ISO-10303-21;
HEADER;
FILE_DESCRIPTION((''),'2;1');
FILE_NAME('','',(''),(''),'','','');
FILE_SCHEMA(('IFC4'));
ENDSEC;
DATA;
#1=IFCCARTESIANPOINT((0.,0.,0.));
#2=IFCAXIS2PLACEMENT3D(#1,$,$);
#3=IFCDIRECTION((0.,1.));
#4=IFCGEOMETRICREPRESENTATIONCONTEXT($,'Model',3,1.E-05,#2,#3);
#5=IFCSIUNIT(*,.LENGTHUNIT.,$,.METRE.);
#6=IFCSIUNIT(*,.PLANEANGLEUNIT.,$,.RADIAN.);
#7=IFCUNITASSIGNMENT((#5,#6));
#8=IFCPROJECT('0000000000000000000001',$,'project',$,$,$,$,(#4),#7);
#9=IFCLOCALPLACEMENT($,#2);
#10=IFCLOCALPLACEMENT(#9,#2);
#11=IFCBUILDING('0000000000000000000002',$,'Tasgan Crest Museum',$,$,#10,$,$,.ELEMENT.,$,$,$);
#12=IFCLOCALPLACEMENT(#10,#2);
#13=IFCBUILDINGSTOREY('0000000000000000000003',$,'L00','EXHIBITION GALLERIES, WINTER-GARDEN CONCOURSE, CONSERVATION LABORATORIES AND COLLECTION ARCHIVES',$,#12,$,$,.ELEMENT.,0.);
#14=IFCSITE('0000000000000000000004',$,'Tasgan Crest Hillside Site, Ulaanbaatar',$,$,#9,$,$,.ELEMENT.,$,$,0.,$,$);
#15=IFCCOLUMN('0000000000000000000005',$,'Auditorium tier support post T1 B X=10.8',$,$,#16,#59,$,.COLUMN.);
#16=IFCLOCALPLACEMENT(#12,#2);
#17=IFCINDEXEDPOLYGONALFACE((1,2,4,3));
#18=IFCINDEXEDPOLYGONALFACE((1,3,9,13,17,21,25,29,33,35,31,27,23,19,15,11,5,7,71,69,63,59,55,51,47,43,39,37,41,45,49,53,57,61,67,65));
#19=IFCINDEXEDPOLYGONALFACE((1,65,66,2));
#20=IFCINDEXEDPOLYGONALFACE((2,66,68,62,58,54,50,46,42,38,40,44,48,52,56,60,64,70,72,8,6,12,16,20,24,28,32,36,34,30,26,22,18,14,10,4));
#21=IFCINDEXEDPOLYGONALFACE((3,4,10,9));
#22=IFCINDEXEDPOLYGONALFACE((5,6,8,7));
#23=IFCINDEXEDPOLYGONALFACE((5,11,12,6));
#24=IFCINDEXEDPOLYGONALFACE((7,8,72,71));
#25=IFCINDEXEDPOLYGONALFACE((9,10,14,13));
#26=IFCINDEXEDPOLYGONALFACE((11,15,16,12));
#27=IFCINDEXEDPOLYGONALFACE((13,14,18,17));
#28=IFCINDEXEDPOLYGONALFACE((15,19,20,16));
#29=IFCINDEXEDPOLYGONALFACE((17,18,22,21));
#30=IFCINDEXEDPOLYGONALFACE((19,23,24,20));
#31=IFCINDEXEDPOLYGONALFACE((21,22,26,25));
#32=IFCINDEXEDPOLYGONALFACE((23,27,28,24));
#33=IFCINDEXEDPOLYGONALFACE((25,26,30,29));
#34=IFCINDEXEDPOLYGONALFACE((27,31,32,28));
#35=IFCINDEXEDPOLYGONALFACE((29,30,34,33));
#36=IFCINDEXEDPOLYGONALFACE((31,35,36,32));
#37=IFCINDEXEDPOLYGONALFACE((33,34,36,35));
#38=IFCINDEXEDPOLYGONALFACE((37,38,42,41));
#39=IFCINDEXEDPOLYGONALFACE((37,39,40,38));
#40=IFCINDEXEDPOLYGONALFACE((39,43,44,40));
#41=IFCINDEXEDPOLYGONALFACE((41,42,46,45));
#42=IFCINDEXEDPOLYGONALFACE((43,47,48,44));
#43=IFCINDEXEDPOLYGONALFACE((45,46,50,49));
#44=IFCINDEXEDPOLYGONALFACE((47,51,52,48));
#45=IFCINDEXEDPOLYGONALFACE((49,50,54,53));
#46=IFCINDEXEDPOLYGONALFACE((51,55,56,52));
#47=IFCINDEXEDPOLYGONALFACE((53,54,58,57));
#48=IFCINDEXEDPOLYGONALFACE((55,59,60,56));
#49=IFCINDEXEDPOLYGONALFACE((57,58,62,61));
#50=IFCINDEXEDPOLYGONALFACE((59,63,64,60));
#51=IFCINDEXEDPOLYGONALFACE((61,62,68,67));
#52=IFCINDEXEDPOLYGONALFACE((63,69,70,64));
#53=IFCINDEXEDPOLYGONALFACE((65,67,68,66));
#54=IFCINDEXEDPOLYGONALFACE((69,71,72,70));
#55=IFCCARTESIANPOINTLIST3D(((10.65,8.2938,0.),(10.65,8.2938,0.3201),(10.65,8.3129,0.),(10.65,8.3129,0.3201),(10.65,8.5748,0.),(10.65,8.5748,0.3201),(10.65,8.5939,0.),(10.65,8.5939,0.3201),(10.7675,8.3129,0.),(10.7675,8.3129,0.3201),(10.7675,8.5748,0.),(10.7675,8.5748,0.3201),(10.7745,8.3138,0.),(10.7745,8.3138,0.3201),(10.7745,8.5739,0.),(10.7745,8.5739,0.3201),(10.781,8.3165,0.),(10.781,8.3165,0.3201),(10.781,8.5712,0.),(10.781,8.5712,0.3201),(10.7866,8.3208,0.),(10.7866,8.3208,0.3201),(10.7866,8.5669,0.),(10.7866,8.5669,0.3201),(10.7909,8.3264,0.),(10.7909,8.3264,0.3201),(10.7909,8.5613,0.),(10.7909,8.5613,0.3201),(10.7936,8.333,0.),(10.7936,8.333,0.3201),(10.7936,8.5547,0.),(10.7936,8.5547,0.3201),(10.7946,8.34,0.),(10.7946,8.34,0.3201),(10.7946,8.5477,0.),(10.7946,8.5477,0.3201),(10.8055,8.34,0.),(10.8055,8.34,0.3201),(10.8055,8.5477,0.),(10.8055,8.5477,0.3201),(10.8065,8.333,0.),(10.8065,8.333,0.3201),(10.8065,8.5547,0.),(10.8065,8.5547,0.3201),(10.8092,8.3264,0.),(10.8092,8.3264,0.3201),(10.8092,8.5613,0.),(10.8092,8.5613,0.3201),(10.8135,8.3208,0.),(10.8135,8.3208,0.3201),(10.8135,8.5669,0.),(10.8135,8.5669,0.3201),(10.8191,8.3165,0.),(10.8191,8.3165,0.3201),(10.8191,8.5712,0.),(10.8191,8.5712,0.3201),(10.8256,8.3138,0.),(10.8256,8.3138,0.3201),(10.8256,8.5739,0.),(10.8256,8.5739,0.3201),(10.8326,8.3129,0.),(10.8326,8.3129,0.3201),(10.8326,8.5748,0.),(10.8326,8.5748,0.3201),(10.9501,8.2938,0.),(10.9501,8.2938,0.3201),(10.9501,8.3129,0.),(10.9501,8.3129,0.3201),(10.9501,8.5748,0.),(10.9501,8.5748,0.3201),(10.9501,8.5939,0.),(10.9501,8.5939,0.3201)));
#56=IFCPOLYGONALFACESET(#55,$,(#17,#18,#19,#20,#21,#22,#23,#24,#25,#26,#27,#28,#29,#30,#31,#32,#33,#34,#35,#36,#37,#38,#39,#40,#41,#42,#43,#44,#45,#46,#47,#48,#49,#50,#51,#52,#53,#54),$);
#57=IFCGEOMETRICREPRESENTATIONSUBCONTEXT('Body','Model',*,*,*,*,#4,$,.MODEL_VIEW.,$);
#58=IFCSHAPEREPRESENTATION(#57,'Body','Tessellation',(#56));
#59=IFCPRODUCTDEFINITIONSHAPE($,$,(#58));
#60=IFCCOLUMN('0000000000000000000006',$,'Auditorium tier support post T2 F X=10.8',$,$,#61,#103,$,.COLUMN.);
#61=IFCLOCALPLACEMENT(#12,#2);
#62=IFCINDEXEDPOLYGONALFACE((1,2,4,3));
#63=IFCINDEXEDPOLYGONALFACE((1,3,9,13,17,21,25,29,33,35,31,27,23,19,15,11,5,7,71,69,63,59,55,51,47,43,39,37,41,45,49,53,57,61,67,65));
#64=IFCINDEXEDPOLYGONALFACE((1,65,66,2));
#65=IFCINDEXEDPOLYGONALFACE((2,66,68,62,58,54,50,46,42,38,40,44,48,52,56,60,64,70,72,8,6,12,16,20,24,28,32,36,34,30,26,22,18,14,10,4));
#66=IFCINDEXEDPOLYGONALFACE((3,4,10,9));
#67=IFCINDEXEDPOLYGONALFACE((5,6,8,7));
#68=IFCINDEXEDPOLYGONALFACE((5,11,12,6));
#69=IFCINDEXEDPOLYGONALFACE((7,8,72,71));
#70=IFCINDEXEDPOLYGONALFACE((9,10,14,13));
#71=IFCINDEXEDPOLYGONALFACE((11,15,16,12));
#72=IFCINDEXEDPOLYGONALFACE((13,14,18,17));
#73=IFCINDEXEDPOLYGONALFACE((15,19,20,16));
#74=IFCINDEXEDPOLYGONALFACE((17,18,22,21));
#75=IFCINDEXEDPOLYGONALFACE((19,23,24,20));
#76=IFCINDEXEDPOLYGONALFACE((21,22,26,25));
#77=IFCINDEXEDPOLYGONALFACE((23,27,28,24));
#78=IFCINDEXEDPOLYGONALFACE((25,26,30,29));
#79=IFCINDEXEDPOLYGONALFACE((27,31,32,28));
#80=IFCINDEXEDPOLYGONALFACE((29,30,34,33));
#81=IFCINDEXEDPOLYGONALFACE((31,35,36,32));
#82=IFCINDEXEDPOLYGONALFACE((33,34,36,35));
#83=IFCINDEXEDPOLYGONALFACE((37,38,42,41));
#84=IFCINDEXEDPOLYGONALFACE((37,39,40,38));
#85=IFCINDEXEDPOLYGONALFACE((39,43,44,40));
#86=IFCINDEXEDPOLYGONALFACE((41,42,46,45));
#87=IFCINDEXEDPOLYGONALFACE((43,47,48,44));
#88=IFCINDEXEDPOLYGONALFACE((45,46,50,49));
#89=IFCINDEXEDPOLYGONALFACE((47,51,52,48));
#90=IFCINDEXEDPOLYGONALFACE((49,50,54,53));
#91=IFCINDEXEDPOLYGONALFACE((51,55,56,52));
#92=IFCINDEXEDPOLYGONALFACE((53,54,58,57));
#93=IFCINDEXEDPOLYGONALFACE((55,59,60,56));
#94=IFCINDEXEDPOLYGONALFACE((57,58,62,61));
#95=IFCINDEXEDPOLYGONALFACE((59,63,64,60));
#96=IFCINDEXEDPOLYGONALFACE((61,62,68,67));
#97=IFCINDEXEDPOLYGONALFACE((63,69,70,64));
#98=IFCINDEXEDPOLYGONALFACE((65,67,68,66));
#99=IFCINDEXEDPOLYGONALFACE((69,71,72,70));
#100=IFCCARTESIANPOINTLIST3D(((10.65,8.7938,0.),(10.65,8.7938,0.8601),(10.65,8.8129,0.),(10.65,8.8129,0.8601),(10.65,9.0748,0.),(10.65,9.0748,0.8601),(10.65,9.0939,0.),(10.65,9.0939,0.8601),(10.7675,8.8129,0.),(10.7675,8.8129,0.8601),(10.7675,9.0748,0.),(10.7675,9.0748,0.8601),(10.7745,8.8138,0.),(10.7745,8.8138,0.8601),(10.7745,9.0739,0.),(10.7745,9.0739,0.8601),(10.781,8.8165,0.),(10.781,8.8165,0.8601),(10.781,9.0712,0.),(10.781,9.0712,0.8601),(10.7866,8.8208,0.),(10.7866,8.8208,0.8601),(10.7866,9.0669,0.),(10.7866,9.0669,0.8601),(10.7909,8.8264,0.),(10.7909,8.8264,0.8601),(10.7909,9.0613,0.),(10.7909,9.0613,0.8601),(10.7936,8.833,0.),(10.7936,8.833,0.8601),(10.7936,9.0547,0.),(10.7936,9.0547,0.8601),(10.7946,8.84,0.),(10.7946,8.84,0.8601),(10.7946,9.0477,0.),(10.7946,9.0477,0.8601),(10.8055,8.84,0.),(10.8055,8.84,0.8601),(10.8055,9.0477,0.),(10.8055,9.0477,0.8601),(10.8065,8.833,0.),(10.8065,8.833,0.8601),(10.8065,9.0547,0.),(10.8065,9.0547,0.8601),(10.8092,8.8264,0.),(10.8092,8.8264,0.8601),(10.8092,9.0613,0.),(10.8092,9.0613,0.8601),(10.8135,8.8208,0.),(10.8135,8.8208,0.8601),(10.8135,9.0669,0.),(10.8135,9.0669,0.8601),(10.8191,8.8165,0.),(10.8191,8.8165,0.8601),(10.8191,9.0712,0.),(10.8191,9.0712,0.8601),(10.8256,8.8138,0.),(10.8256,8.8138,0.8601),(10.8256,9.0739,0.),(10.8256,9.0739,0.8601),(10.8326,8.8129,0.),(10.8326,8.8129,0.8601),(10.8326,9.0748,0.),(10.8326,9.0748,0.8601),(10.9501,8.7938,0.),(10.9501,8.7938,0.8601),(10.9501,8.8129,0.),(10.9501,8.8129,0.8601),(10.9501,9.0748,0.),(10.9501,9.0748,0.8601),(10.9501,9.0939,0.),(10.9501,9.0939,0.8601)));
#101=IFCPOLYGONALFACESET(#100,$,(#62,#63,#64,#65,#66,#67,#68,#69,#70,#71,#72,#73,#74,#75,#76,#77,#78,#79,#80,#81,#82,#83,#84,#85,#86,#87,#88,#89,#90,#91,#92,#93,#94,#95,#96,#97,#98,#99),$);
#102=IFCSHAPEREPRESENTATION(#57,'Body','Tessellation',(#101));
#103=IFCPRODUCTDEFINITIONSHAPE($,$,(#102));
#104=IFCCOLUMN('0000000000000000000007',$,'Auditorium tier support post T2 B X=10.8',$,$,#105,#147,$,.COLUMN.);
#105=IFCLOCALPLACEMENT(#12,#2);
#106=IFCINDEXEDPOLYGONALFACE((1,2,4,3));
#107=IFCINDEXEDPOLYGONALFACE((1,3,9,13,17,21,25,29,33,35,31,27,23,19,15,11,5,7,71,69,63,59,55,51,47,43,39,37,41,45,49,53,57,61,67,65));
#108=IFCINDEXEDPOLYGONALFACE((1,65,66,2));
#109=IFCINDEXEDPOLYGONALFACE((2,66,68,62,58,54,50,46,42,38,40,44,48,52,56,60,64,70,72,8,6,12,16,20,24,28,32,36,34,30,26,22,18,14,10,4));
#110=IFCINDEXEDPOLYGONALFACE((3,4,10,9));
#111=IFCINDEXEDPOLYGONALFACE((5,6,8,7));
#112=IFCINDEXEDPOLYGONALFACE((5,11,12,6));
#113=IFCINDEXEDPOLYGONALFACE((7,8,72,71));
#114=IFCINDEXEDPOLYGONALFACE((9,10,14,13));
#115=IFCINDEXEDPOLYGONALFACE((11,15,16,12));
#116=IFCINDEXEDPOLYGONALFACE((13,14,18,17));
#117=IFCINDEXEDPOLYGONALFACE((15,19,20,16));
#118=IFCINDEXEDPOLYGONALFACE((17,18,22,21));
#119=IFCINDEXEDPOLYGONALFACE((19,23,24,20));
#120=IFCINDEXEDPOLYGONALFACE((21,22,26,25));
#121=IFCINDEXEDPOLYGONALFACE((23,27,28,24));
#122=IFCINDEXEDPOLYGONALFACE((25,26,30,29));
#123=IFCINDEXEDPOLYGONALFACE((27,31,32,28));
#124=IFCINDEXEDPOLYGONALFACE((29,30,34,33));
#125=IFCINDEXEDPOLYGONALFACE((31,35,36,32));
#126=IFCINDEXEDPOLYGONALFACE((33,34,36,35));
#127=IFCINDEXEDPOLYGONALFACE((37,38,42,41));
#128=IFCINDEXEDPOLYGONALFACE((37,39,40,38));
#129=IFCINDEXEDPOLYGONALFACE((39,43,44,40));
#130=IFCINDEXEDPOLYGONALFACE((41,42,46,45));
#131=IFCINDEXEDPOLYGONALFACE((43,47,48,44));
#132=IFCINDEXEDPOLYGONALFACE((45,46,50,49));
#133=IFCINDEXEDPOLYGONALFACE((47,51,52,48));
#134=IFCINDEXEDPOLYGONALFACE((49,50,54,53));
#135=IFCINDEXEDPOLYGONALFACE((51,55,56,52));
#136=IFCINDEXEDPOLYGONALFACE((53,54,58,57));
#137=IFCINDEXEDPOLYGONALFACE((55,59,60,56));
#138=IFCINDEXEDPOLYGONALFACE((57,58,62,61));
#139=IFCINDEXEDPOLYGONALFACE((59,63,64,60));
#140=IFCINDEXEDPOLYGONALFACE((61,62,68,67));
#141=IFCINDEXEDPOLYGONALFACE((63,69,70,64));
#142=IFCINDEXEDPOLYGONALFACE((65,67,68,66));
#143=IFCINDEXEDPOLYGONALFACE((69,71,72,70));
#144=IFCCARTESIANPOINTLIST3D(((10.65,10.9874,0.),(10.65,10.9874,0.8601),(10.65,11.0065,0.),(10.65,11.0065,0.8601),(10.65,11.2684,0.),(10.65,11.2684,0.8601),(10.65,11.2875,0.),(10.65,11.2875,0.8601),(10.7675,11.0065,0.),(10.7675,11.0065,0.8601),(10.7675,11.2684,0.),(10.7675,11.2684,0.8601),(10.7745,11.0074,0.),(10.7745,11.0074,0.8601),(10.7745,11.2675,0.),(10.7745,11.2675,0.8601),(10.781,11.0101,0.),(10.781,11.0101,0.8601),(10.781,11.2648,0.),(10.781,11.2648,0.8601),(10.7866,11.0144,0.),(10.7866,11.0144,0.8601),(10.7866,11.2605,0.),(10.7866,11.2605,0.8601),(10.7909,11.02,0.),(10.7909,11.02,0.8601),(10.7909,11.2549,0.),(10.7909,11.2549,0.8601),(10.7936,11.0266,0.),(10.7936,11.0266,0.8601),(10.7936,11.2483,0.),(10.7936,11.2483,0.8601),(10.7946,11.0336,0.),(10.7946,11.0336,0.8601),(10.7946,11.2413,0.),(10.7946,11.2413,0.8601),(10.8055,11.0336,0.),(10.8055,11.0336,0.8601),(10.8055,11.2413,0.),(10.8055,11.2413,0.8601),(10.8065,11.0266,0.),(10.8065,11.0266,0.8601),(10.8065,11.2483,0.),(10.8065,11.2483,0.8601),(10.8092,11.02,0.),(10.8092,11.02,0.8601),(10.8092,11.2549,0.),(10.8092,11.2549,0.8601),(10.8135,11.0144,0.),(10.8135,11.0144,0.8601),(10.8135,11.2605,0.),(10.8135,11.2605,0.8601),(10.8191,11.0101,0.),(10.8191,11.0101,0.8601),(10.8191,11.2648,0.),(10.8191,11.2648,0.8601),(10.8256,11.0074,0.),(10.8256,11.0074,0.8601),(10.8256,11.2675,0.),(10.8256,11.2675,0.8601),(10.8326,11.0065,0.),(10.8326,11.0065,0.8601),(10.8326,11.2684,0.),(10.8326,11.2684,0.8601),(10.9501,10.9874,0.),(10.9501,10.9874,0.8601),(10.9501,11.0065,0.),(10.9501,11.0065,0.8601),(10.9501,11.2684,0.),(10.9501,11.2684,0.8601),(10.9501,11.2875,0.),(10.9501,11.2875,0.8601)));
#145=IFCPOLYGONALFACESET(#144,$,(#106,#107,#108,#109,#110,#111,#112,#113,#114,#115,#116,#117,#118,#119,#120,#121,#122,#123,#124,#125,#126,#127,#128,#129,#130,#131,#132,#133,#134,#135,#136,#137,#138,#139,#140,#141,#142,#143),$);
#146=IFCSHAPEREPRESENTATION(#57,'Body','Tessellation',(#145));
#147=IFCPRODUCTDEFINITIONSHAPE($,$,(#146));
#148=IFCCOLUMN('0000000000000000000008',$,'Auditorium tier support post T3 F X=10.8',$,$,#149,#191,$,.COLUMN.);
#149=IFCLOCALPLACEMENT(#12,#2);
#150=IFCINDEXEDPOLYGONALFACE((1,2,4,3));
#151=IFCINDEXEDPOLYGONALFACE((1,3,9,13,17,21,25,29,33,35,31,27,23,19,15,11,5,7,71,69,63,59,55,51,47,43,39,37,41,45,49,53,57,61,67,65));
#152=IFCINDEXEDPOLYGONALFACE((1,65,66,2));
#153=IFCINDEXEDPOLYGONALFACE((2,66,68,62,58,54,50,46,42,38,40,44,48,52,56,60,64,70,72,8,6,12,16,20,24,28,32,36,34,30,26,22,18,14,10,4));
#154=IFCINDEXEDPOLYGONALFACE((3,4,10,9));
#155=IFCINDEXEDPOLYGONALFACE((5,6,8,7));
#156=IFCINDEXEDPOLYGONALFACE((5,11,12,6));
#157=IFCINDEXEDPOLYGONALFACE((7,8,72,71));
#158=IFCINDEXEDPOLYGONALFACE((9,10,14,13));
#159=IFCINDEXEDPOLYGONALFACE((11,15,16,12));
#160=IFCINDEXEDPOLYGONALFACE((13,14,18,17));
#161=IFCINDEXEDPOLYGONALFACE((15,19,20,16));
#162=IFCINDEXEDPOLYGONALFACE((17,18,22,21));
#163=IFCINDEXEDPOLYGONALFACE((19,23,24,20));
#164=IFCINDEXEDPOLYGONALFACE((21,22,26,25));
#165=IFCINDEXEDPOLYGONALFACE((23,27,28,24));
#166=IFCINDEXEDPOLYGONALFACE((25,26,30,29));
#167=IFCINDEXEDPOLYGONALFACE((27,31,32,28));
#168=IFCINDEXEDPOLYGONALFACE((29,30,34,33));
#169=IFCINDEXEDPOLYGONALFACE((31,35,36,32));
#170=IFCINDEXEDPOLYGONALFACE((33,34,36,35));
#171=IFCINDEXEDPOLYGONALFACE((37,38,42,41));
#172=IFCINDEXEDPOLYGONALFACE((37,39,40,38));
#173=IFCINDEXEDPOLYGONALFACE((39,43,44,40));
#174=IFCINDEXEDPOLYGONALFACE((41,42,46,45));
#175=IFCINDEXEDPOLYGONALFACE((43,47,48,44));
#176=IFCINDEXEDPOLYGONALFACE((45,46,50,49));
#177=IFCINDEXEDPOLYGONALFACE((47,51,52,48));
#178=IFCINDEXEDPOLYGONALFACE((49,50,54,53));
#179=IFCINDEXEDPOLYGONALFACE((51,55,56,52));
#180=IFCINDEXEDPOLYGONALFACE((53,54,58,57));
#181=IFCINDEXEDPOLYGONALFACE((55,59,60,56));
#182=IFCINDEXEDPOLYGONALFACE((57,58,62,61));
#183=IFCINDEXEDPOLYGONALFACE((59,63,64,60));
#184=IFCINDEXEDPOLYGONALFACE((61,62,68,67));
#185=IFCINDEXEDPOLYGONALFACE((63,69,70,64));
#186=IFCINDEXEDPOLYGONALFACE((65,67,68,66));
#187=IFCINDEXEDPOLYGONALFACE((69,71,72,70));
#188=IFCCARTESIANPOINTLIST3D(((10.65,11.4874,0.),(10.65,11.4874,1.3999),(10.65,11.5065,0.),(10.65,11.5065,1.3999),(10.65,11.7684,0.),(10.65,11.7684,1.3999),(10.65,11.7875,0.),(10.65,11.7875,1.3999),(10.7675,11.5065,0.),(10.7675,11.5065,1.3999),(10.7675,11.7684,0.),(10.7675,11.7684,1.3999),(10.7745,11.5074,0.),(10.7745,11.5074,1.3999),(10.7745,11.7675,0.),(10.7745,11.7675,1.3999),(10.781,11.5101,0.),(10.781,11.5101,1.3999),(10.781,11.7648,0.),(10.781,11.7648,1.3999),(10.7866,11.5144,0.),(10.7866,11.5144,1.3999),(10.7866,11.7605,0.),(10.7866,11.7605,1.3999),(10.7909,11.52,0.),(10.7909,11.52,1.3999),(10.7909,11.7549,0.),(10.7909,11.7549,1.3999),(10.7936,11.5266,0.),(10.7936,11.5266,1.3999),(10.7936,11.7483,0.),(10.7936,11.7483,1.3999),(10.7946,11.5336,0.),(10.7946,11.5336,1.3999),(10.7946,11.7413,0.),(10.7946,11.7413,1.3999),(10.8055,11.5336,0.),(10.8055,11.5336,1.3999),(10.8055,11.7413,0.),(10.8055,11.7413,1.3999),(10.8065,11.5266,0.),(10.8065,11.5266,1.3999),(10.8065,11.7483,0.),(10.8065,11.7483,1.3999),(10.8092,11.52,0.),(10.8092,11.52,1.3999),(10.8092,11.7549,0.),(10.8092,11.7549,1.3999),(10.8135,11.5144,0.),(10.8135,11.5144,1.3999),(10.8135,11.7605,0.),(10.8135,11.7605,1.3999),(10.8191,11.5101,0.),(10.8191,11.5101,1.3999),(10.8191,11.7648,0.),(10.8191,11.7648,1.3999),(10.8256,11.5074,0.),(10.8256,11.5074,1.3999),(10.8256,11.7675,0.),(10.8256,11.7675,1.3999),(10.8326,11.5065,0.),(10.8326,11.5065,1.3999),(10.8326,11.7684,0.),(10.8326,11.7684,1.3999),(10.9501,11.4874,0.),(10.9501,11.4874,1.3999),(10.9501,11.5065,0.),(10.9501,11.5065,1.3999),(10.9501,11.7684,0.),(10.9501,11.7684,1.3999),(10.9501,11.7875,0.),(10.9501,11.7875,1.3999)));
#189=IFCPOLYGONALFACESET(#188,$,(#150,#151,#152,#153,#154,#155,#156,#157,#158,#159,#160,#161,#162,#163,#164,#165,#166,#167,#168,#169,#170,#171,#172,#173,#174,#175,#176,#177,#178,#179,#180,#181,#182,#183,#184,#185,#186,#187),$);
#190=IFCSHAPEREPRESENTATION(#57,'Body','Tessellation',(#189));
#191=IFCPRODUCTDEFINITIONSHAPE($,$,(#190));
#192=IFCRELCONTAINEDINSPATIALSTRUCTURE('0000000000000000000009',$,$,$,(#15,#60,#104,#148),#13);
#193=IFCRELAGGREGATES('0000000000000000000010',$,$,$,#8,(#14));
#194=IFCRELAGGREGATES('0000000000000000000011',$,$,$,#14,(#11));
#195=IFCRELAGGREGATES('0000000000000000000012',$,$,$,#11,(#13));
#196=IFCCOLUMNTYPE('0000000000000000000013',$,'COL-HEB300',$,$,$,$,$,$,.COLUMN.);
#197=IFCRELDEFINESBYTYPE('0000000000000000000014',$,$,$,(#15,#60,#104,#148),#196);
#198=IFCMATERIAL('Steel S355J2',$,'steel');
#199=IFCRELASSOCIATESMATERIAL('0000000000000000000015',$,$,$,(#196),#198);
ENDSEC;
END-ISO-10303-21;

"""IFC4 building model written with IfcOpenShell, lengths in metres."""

from ifc_helpers import new_model, si_unit, direction, frame, origin, origin_2d, place, context, subcontext, project, spatial, i_section, extrude, material, material_profile, profile_set, type_object, element, save


model = new_model("IFC4")

# Units and contexts
model_context = context("Model", 3, precision=1e-05, world=origin(), true_north=direction((0.0, 1.0)))
body_context = subcontext(model_context, "Body", "Model", "MODEL_VIEW")
ifc_project = project(units=[si_unit("LENGTHUNIT", "METRE"), si_unit("PLANEANGLEUNIT", "RADIAN")], contexts=[model_context])

# Site, building, storey
site_placement = place(None, origin())
site = spatial("IfcSite", under=ifc_project, at=site_placement, Name="Tasgan Crest Hillside Site, Ulaanbaatar", CompositionType="ELEMENT", RefElevation=0.0)
building_placement = place(site_placement, origin())
building = spatial("IfcBuilding", under=site, at=building_placement, Name="Tasgan Crest Museum", CompositionType="ELEMENT")
storey_placement = place(building_placement, origin())
storey = spatial("IfcBuildingStorey", under=building, at=storey_placement, Name="L00", Description="EXHIBITION GALLERIES, WINTER-GARDEN CONCOURSE, CONSERVATION LABORATORIES AND COLLECTION ARCHIVES", CompositionType="ELEMENT", Elevation=0.0)

# Columns
ifc_material_1 = material(Name="Steel S355J2", Category="steel")
ifc_material_profile_1 = material_profile(ifc_material_1, i_section(OverallWidth=0.3, OverallDepth=0.3, WebThickness=0.011, FlangeThickness=0.019, FilletRadius=0.0271, at=origin_2d()), Name="HEB 300")
ifc_profile_set_1 = profile_set([ifc_material_profile_1], Name="Steel S355J2")
column_type_1 = type_object("IfcColumnType", Name="COL-HEB300", PredefinedType="COLUMN", material=ifc_profile_set_1)
for number, where, z_axis, x_axis, name in (
    (1, (10.8, 8.4438, 0.0), (0.0, 0.0, 1.0), (1.0, 0.0, 0.0), "Auditorium tier support post T1 B X=10.8"),
):
    element("IfcColumn", number, at=place(storey_placement, frame(where, z_axis=z_axis, x_axis=x_axis)), inside=storey, type_object=column_type_1, Name=name, PredefinedType="COLUMN", context=body_context, shape_type="SweptSolid", body=[
        extrude(i_section(OverallWidth=0.3, OverallDepth=0.3, WebThickness=0.011, FlangeThickness=0.019, FilletRadius=0.0271, at=origin_2d()), origin(), (0.0, 0.0, 1.0), 0.3201),
    ])
for number, where, z_axis, x_axis, name in (
    (2, (10.8, 8.9438, 0.0), (0.0, 0.0, 1.0), (1.0, 0.0, 0.0), "Auditorium tier support post T2 F X=10.8"),
    (3, (10.8, 11.1375, 0.0), (0.0, 0.0, 1.0), (1.0, 0.0, 0.0), "Auditorium tier support post T2 B X=10.8"),
):
    element("IfcColumn", number, at=place(storey_placement, frame(where, z_axis=z_axis, x_axis=x_axis)), inside=storey, type_object=column_type_1, Name=name, PredefinedType="COLUMN", context=body_context, shape_type="SweptSolid", body=[
        extrude(i_section(OverallWidth=0.3, OverallDepth=0.3, WebThickness=0.011, FlangeThickness=0.019, FilletRadius=0.0271, at=origin_2d()), origin(), (0.0, 0.0, 1.0), 0.8601),
    ])
for number, where, z_axis, x_axis, name in (
    (4, (10.8, 11.6375, 0.0), (0.0, 0.0, 1.0), (1.0, 0.0, 0.0), "Auditorium tier support post T3 F X=10.8"),
):
    element("IfcColumn", number, at=place(storey_placement, frame(where, z_axis=z_axis, x_axis=x_axis)), inside=storey, type_object=column_type_1, Name=name, PredefinedType="COLUMN", context=body_context, shape_type="SweptSolid", body=[
        extrude(i_section(OverallWidth=0.3, OverallDepth=0.3, WebThickness=0.011, FlangeThickness=0.019, FilletRadius=0.0271, at=origin_2d()), origin(), (0.0, 0.0, 1.0), 1.3999),
    ])

save(model, "model.ifc")
